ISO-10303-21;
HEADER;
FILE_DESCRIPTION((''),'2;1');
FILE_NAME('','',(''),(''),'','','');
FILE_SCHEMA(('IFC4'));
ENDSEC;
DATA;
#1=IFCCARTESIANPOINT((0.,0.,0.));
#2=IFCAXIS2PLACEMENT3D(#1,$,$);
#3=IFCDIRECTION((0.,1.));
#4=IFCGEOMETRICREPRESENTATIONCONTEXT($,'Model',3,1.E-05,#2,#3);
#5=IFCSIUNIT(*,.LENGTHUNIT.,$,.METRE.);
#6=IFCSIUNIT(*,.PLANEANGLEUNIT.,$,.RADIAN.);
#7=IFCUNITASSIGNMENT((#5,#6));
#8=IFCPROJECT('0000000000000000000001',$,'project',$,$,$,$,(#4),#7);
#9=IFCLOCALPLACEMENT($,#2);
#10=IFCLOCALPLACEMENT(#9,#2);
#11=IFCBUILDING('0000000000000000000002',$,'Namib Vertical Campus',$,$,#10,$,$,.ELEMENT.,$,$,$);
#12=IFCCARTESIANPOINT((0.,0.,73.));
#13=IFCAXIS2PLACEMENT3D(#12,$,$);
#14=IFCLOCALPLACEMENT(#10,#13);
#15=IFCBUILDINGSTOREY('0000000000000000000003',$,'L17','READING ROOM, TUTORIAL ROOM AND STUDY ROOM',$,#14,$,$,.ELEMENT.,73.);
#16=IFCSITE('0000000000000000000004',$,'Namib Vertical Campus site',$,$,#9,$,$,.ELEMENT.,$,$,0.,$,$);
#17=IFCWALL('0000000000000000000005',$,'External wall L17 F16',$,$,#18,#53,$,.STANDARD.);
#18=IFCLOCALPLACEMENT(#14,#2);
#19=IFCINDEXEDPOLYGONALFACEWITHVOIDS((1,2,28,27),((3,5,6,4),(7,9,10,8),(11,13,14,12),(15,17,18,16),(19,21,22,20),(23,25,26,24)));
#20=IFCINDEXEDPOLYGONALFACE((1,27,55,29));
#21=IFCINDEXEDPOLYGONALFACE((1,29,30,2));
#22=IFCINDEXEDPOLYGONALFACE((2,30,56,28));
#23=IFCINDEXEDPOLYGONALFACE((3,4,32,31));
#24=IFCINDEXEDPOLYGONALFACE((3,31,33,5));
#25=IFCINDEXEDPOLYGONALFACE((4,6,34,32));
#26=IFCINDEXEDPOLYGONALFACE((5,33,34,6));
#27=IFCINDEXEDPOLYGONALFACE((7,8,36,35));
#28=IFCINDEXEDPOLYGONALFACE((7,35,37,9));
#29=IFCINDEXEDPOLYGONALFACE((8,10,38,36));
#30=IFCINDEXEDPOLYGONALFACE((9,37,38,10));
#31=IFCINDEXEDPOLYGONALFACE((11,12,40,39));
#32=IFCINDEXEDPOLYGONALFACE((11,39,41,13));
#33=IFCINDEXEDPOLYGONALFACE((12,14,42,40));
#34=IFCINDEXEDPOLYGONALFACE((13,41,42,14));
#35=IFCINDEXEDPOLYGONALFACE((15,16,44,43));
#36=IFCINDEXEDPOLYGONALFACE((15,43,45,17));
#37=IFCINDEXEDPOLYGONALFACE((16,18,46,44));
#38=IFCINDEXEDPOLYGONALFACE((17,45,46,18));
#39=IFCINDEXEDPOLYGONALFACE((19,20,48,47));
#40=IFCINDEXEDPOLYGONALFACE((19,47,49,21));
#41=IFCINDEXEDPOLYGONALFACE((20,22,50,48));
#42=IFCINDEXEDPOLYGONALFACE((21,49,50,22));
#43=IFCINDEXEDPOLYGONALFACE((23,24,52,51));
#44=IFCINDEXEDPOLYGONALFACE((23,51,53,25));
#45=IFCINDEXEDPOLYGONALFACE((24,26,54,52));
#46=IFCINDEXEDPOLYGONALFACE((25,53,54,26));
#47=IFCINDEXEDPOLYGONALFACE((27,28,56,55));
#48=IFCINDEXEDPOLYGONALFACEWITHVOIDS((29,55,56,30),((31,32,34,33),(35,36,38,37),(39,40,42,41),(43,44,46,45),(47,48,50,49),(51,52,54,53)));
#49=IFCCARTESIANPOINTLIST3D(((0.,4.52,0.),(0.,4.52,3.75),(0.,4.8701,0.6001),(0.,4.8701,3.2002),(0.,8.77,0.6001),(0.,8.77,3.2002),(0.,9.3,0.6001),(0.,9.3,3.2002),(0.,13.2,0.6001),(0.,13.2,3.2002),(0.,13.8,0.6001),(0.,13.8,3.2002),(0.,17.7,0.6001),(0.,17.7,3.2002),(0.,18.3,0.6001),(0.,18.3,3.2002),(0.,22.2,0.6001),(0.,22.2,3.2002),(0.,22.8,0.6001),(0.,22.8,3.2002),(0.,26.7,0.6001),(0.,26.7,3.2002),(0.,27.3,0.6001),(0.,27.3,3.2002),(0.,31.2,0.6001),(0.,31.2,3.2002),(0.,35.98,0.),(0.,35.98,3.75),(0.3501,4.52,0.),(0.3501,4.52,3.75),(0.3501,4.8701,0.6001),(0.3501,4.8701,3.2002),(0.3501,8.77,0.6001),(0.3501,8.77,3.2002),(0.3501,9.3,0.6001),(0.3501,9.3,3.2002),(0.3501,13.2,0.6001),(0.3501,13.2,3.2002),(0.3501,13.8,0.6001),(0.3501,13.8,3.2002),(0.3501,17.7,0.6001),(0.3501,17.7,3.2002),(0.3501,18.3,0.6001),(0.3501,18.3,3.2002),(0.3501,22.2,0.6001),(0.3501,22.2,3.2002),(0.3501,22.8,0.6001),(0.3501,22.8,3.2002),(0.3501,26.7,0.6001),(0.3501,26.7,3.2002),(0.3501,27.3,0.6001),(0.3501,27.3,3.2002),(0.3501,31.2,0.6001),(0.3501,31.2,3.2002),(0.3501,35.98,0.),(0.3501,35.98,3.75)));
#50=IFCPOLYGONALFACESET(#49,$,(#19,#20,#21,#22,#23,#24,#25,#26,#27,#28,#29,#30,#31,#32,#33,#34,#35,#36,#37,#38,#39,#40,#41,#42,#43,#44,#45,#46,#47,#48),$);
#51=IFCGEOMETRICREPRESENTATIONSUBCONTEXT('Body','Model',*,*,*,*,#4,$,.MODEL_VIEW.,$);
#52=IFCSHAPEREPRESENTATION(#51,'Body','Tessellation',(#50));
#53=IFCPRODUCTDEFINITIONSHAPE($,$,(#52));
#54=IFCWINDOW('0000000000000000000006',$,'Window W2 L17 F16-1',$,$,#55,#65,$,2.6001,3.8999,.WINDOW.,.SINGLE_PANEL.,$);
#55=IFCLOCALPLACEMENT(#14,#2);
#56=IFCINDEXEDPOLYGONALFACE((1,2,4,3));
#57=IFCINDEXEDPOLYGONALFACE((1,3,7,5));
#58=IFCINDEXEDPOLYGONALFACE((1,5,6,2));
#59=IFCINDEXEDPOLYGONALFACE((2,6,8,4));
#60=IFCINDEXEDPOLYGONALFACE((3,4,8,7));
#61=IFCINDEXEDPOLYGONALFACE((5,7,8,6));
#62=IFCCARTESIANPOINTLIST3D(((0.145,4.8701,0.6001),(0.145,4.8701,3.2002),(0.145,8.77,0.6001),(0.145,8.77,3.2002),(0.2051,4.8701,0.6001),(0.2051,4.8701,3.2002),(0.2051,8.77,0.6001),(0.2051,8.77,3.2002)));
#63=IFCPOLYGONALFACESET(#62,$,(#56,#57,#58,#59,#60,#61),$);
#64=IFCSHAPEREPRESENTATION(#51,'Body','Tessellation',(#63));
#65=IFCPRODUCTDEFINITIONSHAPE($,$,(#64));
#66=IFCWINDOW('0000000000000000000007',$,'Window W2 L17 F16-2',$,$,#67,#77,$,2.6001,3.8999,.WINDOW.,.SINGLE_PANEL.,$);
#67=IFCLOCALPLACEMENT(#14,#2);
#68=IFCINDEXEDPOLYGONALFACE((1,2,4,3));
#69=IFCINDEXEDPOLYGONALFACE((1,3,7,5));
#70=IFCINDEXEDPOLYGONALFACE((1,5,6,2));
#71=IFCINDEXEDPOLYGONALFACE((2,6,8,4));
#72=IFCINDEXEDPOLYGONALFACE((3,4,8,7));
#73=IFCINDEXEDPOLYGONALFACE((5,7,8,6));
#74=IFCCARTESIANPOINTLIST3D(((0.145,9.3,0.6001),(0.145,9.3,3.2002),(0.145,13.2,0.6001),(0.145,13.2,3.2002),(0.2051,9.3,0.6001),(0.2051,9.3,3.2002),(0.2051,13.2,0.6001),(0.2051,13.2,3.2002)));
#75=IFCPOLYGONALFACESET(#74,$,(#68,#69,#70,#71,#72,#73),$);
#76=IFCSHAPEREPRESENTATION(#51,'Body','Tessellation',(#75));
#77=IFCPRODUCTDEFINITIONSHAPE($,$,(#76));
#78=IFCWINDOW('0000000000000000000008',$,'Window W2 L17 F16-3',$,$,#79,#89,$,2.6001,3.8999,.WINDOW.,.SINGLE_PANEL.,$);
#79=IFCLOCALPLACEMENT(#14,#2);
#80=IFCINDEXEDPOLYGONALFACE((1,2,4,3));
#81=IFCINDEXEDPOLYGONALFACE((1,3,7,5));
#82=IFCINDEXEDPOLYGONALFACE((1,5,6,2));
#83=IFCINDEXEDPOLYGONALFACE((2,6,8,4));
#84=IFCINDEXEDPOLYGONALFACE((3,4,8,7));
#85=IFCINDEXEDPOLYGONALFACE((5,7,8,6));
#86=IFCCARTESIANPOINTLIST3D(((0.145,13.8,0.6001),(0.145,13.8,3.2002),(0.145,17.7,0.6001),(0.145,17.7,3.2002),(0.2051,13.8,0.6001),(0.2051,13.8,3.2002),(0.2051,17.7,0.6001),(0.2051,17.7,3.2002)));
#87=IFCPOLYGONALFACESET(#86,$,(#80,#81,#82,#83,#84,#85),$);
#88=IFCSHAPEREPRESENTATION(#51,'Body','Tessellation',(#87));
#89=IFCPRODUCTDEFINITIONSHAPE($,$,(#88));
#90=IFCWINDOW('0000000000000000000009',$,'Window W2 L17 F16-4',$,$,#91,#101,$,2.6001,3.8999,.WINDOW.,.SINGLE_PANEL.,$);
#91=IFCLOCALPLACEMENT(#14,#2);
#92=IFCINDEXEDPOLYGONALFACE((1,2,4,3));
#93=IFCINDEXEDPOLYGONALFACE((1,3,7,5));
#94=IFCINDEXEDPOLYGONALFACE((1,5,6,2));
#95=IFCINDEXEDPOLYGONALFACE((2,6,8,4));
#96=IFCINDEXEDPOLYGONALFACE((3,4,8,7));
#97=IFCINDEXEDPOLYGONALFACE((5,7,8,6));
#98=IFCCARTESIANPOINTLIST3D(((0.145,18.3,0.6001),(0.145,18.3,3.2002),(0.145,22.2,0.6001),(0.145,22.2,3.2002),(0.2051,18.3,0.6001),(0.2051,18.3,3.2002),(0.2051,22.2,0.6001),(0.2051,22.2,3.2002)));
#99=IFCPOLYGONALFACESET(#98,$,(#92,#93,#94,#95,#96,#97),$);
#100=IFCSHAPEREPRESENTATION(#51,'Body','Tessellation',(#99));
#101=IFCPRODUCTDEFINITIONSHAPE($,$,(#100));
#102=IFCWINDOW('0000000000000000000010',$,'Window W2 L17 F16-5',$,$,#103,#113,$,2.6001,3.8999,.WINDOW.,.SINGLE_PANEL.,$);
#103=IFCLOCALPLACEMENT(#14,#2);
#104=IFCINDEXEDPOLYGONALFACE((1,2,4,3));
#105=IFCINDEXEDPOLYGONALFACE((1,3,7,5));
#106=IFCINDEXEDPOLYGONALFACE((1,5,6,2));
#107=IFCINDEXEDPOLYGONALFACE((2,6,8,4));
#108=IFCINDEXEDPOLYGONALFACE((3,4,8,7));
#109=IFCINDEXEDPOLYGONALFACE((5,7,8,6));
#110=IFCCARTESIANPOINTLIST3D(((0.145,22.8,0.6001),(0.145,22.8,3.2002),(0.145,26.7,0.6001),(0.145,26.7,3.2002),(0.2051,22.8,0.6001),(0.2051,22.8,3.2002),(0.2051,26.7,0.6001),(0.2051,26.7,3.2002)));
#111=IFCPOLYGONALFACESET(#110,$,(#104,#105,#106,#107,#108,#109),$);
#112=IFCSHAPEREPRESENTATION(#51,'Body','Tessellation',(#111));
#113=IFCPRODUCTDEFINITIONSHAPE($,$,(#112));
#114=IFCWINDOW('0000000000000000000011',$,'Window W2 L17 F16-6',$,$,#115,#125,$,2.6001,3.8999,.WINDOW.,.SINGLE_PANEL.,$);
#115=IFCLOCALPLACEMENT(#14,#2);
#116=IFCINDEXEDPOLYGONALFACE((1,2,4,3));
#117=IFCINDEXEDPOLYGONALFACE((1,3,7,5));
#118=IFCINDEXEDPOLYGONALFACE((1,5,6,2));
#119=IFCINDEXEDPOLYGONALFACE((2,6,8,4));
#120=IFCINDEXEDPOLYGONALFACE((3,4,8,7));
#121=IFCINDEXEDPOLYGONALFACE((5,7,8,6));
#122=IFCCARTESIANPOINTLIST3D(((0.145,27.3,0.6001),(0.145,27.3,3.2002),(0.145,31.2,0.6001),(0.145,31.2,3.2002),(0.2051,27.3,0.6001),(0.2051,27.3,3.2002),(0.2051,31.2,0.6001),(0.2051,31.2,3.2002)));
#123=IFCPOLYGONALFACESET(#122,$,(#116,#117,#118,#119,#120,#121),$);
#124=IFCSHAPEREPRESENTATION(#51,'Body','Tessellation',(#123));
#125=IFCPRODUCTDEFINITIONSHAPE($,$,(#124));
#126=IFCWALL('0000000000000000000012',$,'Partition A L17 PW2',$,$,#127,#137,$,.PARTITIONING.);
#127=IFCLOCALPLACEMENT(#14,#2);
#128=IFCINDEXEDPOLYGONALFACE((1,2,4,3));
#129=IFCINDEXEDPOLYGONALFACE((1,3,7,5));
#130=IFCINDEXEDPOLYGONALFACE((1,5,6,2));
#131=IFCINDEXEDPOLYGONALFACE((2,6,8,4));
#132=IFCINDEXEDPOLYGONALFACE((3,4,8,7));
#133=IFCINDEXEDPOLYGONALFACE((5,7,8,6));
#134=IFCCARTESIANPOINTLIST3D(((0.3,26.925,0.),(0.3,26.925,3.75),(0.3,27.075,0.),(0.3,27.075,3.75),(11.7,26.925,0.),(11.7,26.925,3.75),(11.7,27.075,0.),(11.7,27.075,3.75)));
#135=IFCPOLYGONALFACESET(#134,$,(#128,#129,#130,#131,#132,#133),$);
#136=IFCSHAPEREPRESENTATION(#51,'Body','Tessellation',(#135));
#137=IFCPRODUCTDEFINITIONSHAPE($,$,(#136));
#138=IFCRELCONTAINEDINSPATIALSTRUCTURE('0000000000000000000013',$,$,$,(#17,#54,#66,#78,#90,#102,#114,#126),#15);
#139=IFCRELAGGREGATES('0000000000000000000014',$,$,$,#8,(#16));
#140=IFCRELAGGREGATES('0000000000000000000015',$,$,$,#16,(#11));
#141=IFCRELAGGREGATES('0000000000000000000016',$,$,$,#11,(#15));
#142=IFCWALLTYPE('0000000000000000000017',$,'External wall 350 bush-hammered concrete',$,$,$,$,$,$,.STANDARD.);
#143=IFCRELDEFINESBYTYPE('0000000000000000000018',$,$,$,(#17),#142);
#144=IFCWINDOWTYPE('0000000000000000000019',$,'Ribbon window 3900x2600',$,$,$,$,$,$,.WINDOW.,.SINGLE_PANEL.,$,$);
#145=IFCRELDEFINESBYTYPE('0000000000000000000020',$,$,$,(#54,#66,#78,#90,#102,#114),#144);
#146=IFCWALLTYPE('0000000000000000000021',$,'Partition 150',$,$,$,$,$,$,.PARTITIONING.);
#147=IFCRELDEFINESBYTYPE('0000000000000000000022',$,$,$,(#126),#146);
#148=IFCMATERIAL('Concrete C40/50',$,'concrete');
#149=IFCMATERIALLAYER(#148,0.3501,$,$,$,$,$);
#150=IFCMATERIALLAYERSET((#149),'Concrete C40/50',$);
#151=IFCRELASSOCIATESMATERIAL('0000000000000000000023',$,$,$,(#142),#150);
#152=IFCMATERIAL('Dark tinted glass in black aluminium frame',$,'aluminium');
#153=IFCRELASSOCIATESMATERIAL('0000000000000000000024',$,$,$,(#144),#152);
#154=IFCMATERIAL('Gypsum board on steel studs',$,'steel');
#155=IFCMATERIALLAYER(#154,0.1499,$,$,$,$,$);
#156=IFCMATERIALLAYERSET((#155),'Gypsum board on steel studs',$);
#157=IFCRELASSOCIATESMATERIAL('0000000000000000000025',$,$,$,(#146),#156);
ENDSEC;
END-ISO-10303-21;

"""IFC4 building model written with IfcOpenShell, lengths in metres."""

from ifc_helpers import new_model, si_unit, direction, frame, frame_2d, origin, place, context, subcontext, project, spatial, rectangle, extrude, material, layer, layer_set, type_object, element, fill, save


model = new_model("IFC4")

# Units and contexts
model_context = context("Model", 3, precision=1e-05, world=origin(), true_north=direction((0.0, 1.0)))
body_context = subcontext(model_context, "Body", "Model", "MODEL_VIEW")
ifc_project = project(units=[si_unit("LENGTHUNIT", "METRE"), si_unit("PLANEANGLEUNIT", "RADIAN")], contexts=[model_context])

# Site, building, storey
site_placement = place(None, origin())
site = spatial("IfcSite", under=ifc_project, at=site_placement, Name="Namib Vertical Campus site", CompositionType="ELEMENT", RefElevation=0.0)
building_placement = place(site_placement, origin())
building = spatial("IfcBuilding", under=site, at=building_placement, Name="Namib Vertical Campus", CompositionType="ELEMENT")
storey_placement = place(building_placement, frame((0.0, 0.0, 73.0)))
storey = spatial("IfcBuildingStorey", under=building, at=storey_placement, Name="L17", Description="READING ROOM, TUTORIAL ROOM AND STUDY ROOM", CompositionType="ELEMENT", Elevation=73.0)

# Shared definitions
ifc_material_1 = material(Name="Concrete C40/50", Category="concrete")
ifc_layer_1 = layer(ifc_material_1, 0.3501)
ifc_layer_set_1 = layer_set([ifc_layer_1], Name="Concrete C40/50")
wall_type_1 = type_object("IfcWallType", Name="External wall 350 bush-hammered concrete", PredefinedType="STANDARD", material=ifc_layer_set_1)

# Wall, openings, windows
wall_1_placement = place(storey_placement, frame((0.175, 35.98, 0.0), z_axis=(0.0, 0.0, 1.0), x_axis=(0.0, -1.0, 0.0)))
wall_1 = element("IfcWall", 1, at=wall_1_placement, inside=storey, type_object=wall_type_1, Name="External wall L17 F16", PredefinedType="STANDARD", context=body_context, shape_type="SweptSolid", body=[
    extrude(rectangle(XDim=31.46, YDim=0.3501, at=frame_2d((15.73, 0.0))), origin(), (0.0, 0.0, 1.0), 3.75),
])
opening_1_placement = place(wall_1_placement, frame((27.21, 0.0, 0.6001)))
opening_1 = element("IfcOpeningElement", 2, at=opening_1_placement, cuts=wall_1, PredefinedType="OPENING", context=body_context, shape_type="SweptSolid", body=[
    extrude(rectangle(XDim=3.8999, YDim=2.6001, at=frame_2d((1.95, 1.3))), frame((0.0, 0.1851, 0.0), z_axis=(0.0, -1.0, 0.0), x_axis=(1.0, 0.0, 0.0)), (0.0, 0.0, 1.0), 0.3701),
])
opening_2_placement = place(wall_1_placement, frame((22.78, 0.0, 0.6001)))
opening_2 = element("IfcOpeningElement", 3, at=opening_2_placement, cuts=wall_1, PredefinedType="OPENING", context=body_context, shape_type="SweptSolid", body=[
    extrude(rectangle(XDim=3.8999, YDim=2.6001, at=frame_2d((1.95, 1.3))), frame((0.0, 0.1851, 0.0), z_axis=(0.0, -1.0, 0.0), x_axis=(1.0, 0.0, 0.0)), (0.0, 0.0, 1.0), 0.3701),
])
opening_3_placement = place(wall_1_placement, frame((18.28, 0.0, 0.6001)))
opening_3 = element("IfcOpeningElement", 4, at=opening_3_placement, cuts=wall_1, PredefinedType="OPENING", context=body_context, shape_type="SweptSolid", body=[
    extrude(rectangle(XDim=3.8999, YDim=2.6001, at=frame_2d((1.95, 1.3))), frame((0.0, 0.1851, 0.0), z_axis=(0.0, -1.0, 0.0), x_axis=(1.0, 0.0, 0.0)), (0.0, 0.0, 1.0), 0.3701),
])
opening_4_placement = place(wall_1_placement, frame((13.78, 0.0, 0.6001)))
opening_4 = element("IfcOpeningElement", 5, at=opening_4_placement, cuts=wall_1, PredefinedType="OPENING", context=body_context, shape_type="SweptSolid", body=[
    extrude(rectangle(XDim=3.8999, YDim=2.6001, at=frame_2d((1.95, 1.3))), frame((0.0, 0.1851, 0.0), z_axis=(0.0, -1.0, 0.0), x_axis=(1.0, 0.0, 0.0)), (0.0, 0.0, 1.0), 0.3701),
])
opening_5_placement = place(wall_1_placement, frame((9.28, 0.0, 0.6001)))
opening_5 = element("IfcOpeningElement", 6, at=opening_5_placement, cuts=wall_1, PredefinedType="OPENING", context=body_context, shape_type="SweptSolid", body=[
    extrude(rectangle(XDim=3.8999, YDim=2.6001, at=frame_2d((1.95, 1.3))), frame((0.0, 0.1851, 0.0), z_axis=(0.0, -1.0, 0.0), x_axis=(1.0, 0.0, 0.0)), (0.0, 0.0, 1.0), 0.3701),
])
opening_6_placement = place(wall_1_placement, frame((4.78, 0.0, 0.6001)))
opening_6 = element("IfcOpeningElement", 7, at=opening_6_placement, cuts=wall_1, PredefinedType="OPENING", context=body_context, shape_type="SweptSolid", body=[
    extrude(rectangle(XDim=3.8999, YDim=2.6001, at=frame_2d((1.95, 1.3))), frame((0.0, 0.1851, 0.0), z_axis=(0.0, -1.0, 0.0), x_axis=(1.0, 0.0, 0.0)), (0.0, 0.0, 1.0), 0.3701),
])
ifc_material_2 = material(Name="Dark tinted glass in black aluminium frame", Category="aluminium")
window_type = type_object("IfcWindowType", Name="Ribbon window 3900x2600", PartitioningType="SINGLE_PANEL", PredefinedType="WINDOW", material=ifc_material_2)
window_1_placement = place(opening_1_placement, origin())
window_1 = element("IfcWindow", 8, at=window_1_placement, inside=storey, type_object=window_type, Name="Window W2 L17 F16-1", OverallHeight=2.6001, OverallWidth=3.8999, PartitioningType="SINGLE_PANEL", PredefinedType="WINDOW", context=body_context, shape_type="SweptSolid", body=[
    extrude(rectangle(XDim=3.8999, YDim=2.6001, at=frame_2d((1.95, 1.3))), frame((0.0, 0.03, 0.0), z_axis=(0.0, -1.0, 0.0), x_axis=(1.0, 0.0, 0.0)), (0.0, 0.0, 1.0), 0.0601),
])
fill(opening_1, window_1)
window_2_placement = place(opening_2_placement, origin())
window_2 = element("IfcWindow", 9, at=window_2_placement, inside=storey, type_object=window_type, Name="Window W2 L17 F16-2", OverallHeight=2.6001, OverallWidth=3.8999, PartitioningType="SINGLE_PANEL", PredefinedType="WINDOW", context=body_context, shape_type="SweptSolid", body=[
    extrude(rectangle(XDim=3.8999, YDim=2.6001, at=frame_2d((1.95, 1.3))), frame((0.0, 0.03, 0.0), z_axis=(0.0, -1.0, 0.0), x_axis=(1.0, 0.0, 0.0)), (0.0, 0.0, 1.0), 0.0601),
])
fill(opening_2, window_2)
window_3_placement = place(opening_3_placement, origin())
window_3 = element("IfcWindow", 10, at=window_3_placement, inside=storey, type_object=window_type, Name="Window W2 L17 F16-3", OverallHeight=2.6001, OverallWidth=3.8999, PartitioningType="SINGLE_PANEL", PredefinedType="WINDOW", context=body_context, shape_type="SweptSolid", body=[
    extrude(rectangle(XDim=3.8999, YDim=2.6001, at=frame_2d((1.95, 1.3))), frame((0.0, 0.03, 0.0), z_axis=(0.0, -1.0, 0.0), x_axis=(1.0, 0.0, 0.0)), (0.0, 0.0, 1.0), 0.0601),
])
fill(opening_3, window_3)
window_4_placement = place(opening_4_placement, origin())
window_4 = element("IfcWindow", 11, at=window_4_placement, inside=storey, type_object=window_type, Name="Window W2 L17 F16-4", OverallHeight=2.6001, OverallWidth=3.8999, PartitioningType="SINGLE_PANEL", PredefinedType="WINDOW", context=body_context, shape_type="SweptSolid", body=[
    extrude(rectangle(XDim=3.8999, YDim=2.6001, at=frame_2d((1.95, 1.3))), frame((0.0, 0.03, 0.0), z_axis=(0.0, -1.0, 0.0), x_axis=(1.0, 0.0, 0.0)), (0.0, 0.0, 1.0), 0.0601),
])
fill(opening_4, window_4)
window_5_placement = place(opening_5_placement, origin())
window_5 = element("IfcWindow", 12, at=window_5_placement, inside=storey, type_object=window_type, Name="Window W2 L17 F16-5", OverallHeight=2.6001, OverallWidth=3.8999, PartitioningType="SINGLE_PANEL", PredefinedType="WINDOW", context=body_context, shape_type="SweptSolid", body=[
    extrude(rectangle(XDim=3.8999, YDim=2.6001, at=frame_2d((1.95, 1.3))), frame((0.0, 0.03, 0.0), z_axis=(0.0, -1.0, 0.0), x_axis=(1.0, 0.0, 0.0)), (0.0, 0.0, 1.0), 0.0601),
])
fill(opening_5, window_5)
window_6_placement = place(opening_6_placement, origin())
window_6 = element("IfcWindow", 13, at=window_6_placement, inside=storey, type_object=window_type, Name="Window W2 L17 F16-6", OverallHeight=2.6001, OverallWidth=3.8999, PartitioningType="SINGLE_PANEL", PredefinedType="WINDOW", context=body_context, shape_type="SweptSolid", body=[
    extrude(rectangle(XDim=3.8999, YDim=2.6001, at=frame_2d((1.95, 1.3))), frame((0.0, 0.03, 0.0), z_axis=(0.0, -1.0, 0.0), x_axis=(1.0, 0.0, 0.0)), (0.0, 0.0, 1.0), 0.0601),
])
fill(opening_6, window_6)

# Wall
ifc_material_3 = material(Name="Gypsum board on steel studs", Category="steel")
ifc_layer_2 = layer(ifc_material_3, 0.1499)
ifc_layer_set_2 = layer_set([ifc_layer_2], Name="Gypsum board on steel studs")
wall_type_2 = type_object("IfcWallType", Name="Partition 150", PredefinedType="PARTITIONING", material=ifc_layer_set_2)
wall_2_placement = place(storey_placement, frame((0.3, 27.0, 0.0), z_axis=(0.0, 0.0, 1.0), x_axis=(1.0, 0.0, 0.0)))
element("IfcWall", 14, at=wall_2_placement, inside=storey, type_object=wall_type_2, Name="Partition A L17 PW2", PredefinedType="PARTITIONING", context=body_context, shape_type="SweptSolid", body=[
    extrude(rectangle(XDim=11.3999, YDim=0.1499, at=frame_2d((5.7, 0.0))), origin(), (0.0, 0.0, 1.0), 3.75),
])

save(model, "model.ifc")
